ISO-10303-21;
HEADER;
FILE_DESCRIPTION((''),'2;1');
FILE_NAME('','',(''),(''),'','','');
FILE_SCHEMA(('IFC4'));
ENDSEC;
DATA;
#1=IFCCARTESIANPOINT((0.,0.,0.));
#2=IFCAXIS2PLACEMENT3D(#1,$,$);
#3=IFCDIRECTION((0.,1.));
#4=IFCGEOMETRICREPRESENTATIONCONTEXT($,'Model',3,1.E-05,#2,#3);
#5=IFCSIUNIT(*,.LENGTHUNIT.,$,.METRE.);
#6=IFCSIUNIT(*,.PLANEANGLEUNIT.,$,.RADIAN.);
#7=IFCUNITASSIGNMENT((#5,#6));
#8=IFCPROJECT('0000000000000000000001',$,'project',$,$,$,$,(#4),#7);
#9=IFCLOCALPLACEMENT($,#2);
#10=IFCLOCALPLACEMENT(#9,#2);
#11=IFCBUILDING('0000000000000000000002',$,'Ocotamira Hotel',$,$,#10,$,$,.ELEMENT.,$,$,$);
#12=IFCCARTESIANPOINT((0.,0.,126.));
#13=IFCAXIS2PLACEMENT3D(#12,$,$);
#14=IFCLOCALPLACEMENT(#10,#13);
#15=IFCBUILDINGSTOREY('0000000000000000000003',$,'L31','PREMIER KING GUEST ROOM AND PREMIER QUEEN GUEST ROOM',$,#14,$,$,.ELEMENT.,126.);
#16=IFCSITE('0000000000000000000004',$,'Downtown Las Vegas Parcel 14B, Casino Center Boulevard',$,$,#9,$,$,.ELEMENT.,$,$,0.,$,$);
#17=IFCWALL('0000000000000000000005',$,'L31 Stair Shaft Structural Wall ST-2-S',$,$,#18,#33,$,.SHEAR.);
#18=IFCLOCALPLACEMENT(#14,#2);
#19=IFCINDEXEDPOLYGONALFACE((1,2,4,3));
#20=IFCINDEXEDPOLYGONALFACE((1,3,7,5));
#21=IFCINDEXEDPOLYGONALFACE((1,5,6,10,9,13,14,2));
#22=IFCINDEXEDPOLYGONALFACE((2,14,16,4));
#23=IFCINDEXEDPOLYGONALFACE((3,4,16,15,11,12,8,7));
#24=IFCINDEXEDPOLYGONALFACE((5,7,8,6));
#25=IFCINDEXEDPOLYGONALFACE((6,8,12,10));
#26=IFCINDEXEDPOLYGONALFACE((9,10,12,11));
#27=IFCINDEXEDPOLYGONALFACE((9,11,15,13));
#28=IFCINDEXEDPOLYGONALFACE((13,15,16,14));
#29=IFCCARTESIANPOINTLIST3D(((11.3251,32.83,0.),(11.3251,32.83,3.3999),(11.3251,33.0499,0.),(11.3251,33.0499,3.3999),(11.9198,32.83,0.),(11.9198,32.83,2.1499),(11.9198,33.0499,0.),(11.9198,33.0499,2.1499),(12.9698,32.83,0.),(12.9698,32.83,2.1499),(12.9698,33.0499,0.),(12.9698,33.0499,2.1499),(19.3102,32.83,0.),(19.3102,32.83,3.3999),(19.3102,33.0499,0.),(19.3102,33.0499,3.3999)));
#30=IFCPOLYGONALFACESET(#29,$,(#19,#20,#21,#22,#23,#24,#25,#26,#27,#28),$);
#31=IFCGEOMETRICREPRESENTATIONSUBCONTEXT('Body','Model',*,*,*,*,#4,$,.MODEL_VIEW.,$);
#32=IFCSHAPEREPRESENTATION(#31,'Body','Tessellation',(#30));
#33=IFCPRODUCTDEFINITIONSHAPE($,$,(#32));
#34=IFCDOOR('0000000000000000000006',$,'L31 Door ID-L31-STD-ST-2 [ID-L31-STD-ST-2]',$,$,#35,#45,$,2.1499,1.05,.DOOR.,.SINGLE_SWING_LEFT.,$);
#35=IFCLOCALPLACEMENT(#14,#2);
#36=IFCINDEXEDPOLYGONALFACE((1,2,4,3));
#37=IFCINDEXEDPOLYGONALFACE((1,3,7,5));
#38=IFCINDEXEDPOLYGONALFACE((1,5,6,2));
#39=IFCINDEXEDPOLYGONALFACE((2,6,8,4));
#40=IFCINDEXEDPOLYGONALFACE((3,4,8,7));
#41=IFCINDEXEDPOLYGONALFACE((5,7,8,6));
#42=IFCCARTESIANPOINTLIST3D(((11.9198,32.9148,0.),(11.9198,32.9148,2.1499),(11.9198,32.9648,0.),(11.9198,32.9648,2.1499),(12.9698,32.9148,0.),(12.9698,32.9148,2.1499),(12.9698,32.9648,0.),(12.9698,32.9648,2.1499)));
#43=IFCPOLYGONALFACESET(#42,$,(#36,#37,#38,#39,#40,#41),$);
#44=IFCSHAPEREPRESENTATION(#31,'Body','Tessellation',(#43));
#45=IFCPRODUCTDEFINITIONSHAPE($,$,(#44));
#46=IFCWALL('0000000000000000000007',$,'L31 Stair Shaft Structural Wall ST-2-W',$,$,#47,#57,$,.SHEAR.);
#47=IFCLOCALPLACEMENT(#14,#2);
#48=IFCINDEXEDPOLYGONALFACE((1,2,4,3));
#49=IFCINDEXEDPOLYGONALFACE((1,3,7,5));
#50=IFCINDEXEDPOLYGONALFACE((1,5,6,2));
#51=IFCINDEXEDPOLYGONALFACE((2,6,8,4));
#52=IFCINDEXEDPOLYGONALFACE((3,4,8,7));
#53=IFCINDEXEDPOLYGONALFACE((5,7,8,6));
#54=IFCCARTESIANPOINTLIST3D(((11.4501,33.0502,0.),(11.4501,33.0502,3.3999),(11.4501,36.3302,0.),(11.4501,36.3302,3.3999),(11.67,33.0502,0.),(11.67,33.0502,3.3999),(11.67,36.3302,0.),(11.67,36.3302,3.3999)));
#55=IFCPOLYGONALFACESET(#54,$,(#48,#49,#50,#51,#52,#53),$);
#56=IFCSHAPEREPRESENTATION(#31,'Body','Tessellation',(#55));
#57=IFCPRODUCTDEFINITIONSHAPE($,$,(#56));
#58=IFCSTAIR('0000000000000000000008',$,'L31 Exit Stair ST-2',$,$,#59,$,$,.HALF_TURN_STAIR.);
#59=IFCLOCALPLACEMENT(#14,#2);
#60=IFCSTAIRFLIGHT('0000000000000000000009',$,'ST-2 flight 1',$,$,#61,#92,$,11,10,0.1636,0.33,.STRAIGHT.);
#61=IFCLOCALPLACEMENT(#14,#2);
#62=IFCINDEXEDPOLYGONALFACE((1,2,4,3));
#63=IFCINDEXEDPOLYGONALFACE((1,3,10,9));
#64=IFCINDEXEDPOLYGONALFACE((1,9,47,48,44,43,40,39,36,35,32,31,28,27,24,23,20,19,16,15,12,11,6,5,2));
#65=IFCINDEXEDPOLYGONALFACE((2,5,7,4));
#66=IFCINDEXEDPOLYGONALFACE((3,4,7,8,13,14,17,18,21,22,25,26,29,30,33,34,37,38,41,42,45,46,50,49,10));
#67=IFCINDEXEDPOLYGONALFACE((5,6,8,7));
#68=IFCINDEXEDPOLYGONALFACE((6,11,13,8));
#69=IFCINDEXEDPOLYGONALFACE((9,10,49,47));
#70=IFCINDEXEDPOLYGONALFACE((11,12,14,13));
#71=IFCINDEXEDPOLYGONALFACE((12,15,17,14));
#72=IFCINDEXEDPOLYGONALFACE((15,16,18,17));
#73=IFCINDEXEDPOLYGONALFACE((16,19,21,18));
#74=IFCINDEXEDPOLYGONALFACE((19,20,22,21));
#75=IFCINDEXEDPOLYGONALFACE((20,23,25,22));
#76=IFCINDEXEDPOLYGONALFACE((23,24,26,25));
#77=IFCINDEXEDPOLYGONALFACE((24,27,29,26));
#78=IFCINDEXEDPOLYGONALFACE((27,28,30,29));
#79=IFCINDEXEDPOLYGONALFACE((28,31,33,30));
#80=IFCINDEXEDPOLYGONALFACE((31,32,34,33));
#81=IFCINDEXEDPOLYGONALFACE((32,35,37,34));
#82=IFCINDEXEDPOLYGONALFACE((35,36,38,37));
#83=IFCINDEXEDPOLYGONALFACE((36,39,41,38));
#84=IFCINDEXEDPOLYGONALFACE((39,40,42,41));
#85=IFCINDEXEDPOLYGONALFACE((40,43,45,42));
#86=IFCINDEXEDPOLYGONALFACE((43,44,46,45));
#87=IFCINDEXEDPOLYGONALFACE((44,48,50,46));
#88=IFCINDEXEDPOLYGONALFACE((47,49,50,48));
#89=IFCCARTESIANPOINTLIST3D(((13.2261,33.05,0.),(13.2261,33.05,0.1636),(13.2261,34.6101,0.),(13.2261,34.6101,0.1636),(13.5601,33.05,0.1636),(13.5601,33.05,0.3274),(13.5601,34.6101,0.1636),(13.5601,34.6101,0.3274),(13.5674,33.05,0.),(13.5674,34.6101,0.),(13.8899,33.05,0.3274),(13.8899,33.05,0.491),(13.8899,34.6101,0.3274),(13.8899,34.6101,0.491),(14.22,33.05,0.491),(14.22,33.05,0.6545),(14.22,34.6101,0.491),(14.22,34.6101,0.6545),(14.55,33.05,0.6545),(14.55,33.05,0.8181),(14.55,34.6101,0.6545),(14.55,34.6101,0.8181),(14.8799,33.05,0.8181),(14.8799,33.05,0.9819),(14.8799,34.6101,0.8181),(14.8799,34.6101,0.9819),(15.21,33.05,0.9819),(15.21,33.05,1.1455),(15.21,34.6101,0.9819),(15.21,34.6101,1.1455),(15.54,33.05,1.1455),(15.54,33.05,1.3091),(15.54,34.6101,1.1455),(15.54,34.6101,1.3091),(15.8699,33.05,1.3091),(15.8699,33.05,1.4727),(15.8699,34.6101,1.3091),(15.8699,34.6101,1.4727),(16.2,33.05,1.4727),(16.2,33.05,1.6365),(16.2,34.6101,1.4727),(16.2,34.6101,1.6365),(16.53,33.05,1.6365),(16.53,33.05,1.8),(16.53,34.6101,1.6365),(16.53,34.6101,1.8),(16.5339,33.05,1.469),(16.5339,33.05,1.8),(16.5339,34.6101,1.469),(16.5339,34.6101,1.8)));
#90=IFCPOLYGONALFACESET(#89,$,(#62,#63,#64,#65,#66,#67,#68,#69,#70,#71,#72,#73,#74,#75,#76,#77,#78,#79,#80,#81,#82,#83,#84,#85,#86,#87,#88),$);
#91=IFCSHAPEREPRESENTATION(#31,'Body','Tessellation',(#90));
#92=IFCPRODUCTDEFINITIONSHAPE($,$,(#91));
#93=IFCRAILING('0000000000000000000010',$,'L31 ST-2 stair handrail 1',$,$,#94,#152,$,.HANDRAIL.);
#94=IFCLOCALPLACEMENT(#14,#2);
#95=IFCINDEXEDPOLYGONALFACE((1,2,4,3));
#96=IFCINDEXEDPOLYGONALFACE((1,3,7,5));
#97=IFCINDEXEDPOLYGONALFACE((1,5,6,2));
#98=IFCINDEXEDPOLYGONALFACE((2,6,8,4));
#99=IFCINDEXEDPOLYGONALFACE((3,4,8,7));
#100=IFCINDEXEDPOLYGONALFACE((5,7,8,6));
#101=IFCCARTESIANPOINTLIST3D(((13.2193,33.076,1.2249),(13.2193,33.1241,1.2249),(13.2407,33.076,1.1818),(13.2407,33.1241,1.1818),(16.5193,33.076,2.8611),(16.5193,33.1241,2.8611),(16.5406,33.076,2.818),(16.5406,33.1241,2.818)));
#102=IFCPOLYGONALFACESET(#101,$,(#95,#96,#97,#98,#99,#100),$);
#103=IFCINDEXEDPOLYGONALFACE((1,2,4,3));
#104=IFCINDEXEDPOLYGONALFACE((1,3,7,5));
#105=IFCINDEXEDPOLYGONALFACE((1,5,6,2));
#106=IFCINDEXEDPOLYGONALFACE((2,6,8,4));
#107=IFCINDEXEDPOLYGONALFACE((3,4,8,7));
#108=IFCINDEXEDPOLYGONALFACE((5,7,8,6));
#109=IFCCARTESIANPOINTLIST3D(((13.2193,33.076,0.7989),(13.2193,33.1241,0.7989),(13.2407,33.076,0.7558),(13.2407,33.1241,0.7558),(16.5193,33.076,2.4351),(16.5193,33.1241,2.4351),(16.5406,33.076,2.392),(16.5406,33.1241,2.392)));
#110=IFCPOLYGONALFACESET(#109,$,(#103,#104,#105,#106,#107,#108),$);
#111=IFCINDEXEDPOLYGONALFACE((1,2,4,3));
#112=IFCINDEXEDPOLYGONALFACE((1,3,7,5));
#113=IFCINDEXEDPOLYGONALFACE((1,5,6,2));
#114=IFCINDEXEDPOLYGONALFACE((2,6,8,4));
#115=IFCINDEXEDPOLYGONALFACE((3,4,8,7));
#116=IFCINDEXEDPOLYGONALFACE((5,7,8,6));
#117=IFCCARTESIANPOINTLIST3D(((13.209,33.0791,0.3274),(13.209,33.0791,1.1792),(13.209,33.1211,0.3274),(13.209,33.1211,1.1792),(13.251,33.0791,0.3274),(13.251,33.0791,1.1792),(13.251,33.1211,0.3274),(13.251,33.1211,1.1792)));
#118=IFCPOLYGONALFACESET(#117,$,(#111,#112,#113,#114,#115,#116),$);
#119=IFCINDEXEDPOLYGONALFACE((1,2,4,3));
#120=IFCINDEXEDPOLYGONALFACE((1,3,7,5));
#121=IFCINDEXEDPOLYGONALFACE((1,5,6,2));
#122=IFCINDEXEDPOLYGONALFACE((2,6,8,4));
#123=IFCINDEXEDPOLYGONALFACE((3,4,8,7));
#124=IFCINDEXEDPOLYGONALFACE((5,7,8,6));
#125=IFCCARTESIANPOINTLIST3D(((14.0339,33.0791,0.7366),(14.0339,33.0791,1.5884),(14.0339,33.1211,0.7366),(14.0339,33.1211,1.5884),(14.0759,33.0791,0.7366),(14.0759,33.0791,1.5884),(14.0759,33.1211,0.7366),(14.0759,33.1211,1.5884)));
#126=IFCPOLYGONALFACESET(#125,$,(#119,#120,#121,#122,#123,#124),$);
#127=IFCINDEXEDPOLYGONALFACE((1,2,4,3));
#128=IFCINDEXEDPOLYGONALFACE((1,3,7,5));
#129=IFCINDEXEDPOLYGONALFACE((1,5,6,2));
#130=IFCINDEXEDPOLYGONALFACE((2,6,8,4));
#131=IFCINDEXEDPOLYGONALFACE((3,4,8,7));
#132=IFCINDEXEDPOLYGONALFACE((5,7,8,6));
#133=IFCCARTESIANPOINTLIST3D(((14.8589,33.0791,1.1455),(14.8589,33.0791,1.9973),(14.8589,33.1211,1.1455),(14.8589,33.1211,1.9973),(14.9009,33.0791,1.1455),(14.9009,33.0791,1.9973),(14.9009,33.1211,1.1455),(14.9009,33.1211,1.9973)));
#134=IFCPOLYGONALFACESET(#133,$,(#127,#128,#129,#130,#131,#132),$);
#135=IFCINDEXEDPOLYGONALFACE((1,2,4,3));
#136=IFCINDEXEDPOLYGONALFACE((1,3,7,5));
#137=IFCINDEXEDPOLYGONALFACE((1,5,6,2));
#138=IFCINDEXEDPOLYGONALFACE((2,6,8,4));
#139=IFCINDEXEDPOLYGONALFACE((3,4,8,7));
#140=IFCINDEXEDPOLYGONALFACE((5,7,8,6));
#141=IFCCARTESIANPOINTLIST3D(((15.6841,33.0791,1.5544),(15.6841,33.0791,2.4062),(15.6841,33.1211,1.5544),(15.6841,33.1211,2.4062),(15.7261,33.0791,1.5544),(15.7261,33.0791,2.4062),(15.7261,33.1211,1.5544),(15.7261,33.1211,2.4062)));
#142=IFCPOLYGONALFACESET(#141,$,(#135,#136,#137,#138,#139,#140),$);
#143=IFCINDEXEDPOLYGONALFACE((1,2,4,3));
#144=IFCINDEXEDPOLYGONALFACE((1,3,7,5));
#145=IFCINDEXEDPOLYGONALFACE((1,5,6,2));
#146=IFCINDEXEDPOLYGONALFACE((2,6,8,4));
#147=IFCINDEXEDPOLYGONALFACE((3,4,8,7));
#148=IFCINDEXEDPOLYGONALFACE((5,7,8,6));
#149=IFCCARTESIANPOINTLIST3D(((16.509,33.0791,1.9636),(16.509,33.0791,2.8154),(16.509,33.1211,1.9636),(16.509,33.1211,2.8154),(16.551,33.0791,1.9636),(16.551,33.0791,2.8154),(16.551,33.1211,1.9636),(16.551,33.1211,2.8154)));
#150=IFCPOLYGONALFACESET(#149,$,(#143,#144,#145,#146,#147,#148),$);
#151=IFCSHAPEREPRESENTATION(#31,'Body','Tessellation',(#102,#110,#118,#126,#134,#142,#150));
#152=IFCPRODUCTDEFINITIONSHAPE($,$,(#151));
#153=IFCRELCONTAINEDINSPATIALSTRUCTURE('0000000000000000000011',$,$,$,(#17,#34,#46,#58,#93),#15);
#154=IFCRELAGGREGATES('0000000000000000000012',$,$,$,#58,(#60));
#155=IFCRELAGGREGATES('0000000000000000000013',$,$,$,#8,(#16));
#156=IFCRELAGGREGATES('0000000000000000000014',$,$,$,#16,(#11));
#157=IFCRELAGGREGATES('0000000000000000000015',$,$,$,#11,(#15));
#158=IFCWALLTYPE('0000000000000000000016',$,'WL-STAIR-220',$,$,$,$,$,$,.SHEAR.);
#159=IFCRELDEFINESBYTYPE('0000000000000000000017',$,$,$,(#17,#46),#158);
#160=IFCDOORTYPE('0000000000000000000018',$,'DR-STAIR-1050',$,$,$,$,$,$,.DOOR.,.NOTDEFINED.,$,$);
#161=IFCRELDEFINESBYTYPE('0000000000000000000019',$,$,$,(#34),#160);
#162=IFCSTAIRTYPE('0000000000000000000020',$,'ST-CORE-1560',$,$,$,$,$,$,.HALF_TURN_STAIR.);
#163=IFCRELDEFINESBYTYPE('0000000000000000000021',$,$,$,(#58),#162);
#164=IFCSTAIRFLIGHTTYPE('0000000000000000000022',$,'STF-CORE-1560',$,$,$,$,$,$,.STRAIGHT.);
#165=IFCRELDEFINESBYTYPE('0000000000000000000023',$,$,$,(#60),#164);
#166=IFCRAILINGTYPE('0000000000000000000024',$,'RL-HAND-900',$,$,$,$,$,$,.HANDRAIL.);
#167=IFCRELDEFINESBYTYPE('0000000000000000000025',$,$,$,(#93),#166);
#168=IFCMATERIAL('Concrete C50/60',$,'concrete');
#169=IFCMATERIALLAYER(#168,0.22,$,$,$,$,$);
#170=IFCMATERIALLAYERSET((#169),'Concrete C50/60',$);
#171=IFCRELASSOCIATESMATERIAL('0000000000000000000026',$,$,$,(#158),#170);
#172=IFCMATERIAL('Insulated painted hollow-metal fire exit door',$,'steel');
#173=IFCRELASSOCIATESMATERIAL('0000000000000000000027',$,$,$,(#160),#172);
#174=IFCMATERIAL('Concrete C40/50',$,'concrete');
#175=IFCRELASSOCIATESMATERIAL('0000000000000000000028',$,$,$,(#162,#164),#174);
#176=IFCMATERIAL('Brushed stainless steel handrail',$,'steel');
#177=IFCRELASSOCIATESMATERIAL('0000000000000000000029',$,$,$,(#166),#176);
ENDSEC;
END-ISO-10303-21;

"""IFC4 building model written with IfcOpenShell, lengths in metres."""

from ifc_helpers import new_model, si_unit, direction, frame, frame_2d, origin, origin_2d, place, context, subcontext, project, spatial, polyline, rectangle, outline, extrude, source, transform, mapped, material, layer, layer_set, type_object, element, fill, aggregate, save


model = new_model("IFC4")

# Units and contexts
model_context = context("Model", 3, precision=1e-05, world=origin(), true_north=direction((0.0, 1.0)))
body_context = subcontext(model_context, "Body", "Model", "MODEL_VIEW")
ifc_project = project(units=[si_unit("LENGTHUNIT", "METRE"), si_unit("PLANEANGLEUNIT", "RADIAN")], contexts=[model_context])

# Site, building, storey
site_placement = place(None, origin())
site = spatial("IfcSite", under=ifc_project, at=site_placement, Name="Downtown Las Vegas Parcel 14B, Casino Center Boulevard", CompositionType="ELEMENT", RefElevation=0.0)
building_placement = place(site_placement, origin())
building = spatial("IfcBuilding", under=site, at=building_placement, Name="Ocotamira Hotel", CompositionType="ELEMENT")
storey_placement = place(building_placement, frame((0.0, 0.0, 126.0)))
storey = spatial("IfcBuildingStorey", under=building, at=storey_placement, Name="L31", Description="PREMIER KING GUEST ROOM AND PREMIER QUEEN GUEST ROOM", CompositionType="ELEMENT", Elevation=126.0)

# Wall, opening, door
ifc_material_1 = material(Name="Concrete C50/60", Category="concrete")
ifc_layer_1 = layer(ifc_material_1, 0.22)
ifc_layer_set_1 = layer_set([ifc_layer_1], Name="Concrete C50/60")
wall_type_1 = type_object("IfcWallType", Name="WL-STAIR-220", PredefinedType="SHEAR", material=ifc_layer_set_1)
wall_1_placement = place(storey_placement, frame((11.325, 32.9399, 0.0), z_axis=(0.0, 0.0, 1.0), x_axis=(1.0, 0.0, 0.0)))
wall_1 = element("IfcWall", 1, at=wall_1_placement, inside=storey, type_object=wall_type_1, Name="L31 Stair Shaft Structural Wall ST-2-S", PredefinedType="SHEAR", context=body_context, shape_type="SweptSolid", body=[
    extrude(rectangle(XDim=7.9851, YDim=0.22, at=frame_2d((3.9927, 0.0))), origin(), (0.0, 0.0, 1.0), 3.3999),
])
opening_placement = place(wall_1_placement, frame((0.595, 0.0, 0.0)))
opening = element("IfcOpeningElement", 2, at=opening_placement, cuts=wall_1, PredefinedType="OPENING", context=body_context, shape_type="SweptSolid", body=[
    extrude(rectangle(XDim=1.05, YDim=2.1499, at=frame_2d((0.5249, 1.075))), frame((0.0, 0.1201, 0.0), z_axis=(0.0, -1.0, 0.0), x_axis=(1.0, 0.0, 0.0)), (0.0, 0.0, 1.0), 0.24),
])
ifc_material_2 = material(Name="Insulated painted hollow-metal fire exit door", Category="steel")
door_type = type_object("IfcDoorType", Name="DR-STAIR-1050", OperationType="NOTDEFINED", PredefinedType="DOOR", material=ifc_material_2)
shared_shape_1 = source(origin(), body_context, "Body", "SweptSolid", [
    extrude(rectangle(XDim=1.05, YDim=2.1499, at=frame_2d((0.5249, 1.075))), frame((0.0, 0.0249, 0.0), z_axis=(0.0, -1.0, 0.0), x_axis=(1.0, 0.0, 0.0)), (0.0, 0.0, 1.0), 0.05),
])
door_placement = place(opening_placement, origin())
door = element("IfcDoor", 3, at=door_placement, inside=storey, type_object=door_type, Name="L31 Door ID-L31-STD-ST-2 [ID-L31-STD-ST-2]", OperationType="SINGLE_SWING_LEFT", OverallHeight=2.1499, OverallWidth=1.05, PredefinedType="DOOR", context=body_context, shape_type="MappedRepresentation", body=[
    mapped(shared_shape_1, transform((0.0, 0.0, 0.0), scale=1.0)),
])
fill(opening, door)

# Wall
wall_2_placement = place(storey_placement, frame((11.5601, 33.05, 0.0), z_axis=(0.0, 0.0, 1.0), x_axis=(0.0, 1.0, 0.0)))
element("IfcWall", 4, at=wall_2_placement, inside=storey, type_object=wall_type_1, Name="L31 Stair Shaft Structural Wall ST-2-W", PredefinedType="SHEAR", context=body_context, shape_type="SweptSolid", body=[
    extrude(rectangle(XDim=3.28, YDim=0.22, at=frame_2d((1.6401, 0.0))), origin(), (0.0, 0.0, 1.0), 3.3999),
])

# Stair, stair flight
ifc_material_3 = material(Name="Concrete C40/50", Category="concrete")
stair_type = type_object("IfcStairType", Name="ST-CORE-1560", PredefinedType="HALF_TURN_STAIR", material=ifc_material_3)
stair_placement = place(storey_placement, origin())
stair = element("IfcStair", 5, at=stair_placement, inside=storey, type_object=stair_type, Name="L31 Exit Stair ST-2", PredefinedType="HALF_TURN_STAIR")
stair_flight_type = type_object("IfcStairFlightType", Name="STF-CORE-1560", PredefinedType="STRAIGHT", material=ifc_material_3)
shared_shape_2 = source(origin(), body_context, "Body", "SweptSolid", [
    extrude(outline(polyline([(-0.0039, 0.0), (-0.0039, 0.1636), (0.3301, 0.1636), (0.3301, 0.3274), (0.6599, 0.3274), (0.6599, 0.491), (0.99, 0.491), (0.99, 0.6545), (1.3201, 0.6545), (1.3201, 0.8181), (1.6499, 0.8181), (1.6499, 0.9819), (1.98, 0.9819), (1.98, 1.1455), (2.3101, 1.1455), (2.3101, 1.3091), (2.6399, 1.3091), (2.6399, 1.4727), (2.97, 1.4727), (2.97, 1.6365), (3.3, 1.6365), (3.3, 1.8), (3.304, 1.8), (3.304, 1.469), (0.3374, 0.0), (-0.0039, 0.0)])), frame((0.0, 0.78, 0.0), z_axis=(0.0, -1.0, 0.0), x_axis=(1.0, 0.0, 0.0)), (0.0, 0.0, 1.0), 1.5601),
])
stair_flight_placement = place(storey_placement, frame((13.23, 33.8301, 0.0), z_axis=(0.0, 0.0, 1.0), x_axis=(1.0, 0.0, 0.0)))
stair_flight = element("IfcStairFlight", 6, at=stair_flight_placement, type_object=stair_flight_type, Name="ST-2 flight 1", NumberOfRisers=11, NumberOfTreads=10, PredefinedType="STRAIGHT", RiserHeight=0.1636, TreadLength=0.33, context=body_context, shape_type="MappedRepresentation", body=[
    mapped(shared_shape_2, transform((0.0, 0.0, 0.0), scale=1.0)),
])
aggregate(stair, [stair_flight])

# Railing
ifc_material_4 = material(Name="Brushed stainless steel handrail", Category="steel")
railing_type_1 = type_object("IfcRailingType", Name="RL-HAND-900", PredefinedType="HANDRAIL", material=ifc_material_4)
railing_1_placement = place(storey_placement, frame((13.23, 33.1001, 0.3274)))
element("IfcRailing", 7, at=railing_1_placement, inside=storey, type_object=railing_type_1, Name="L31 ST-2 stair handrail 1", PredefinedType="HANDRAIL", context=body_context, shape_type="SweptSolid", body=[
    extrude(rectangle(XDim=0.0481, YDim=0.0481, at=origin_2d()), frame((0.0, 0.0, 0.876), z_axis=(0.89592, 0.0, 0.444215), x_axis=(0.0, 1.0, 0.0)), (0.0, 0.0, 1.0), 3.6833),
    extrude(rectangle(XDim=0.0481, YDim=0.0481, at=origin_2d()), frame((0.0, 0.0, 0.45), z_axis=(0.89592, 0.0, 0.444215), x_axis=(0.0, 1.0, 0.0)), (0.0, 0.0, 1.0), 3.6833),
    extrude(rectangle(XDim=0.042, YDim=0.042, at=origin_2d()), origin(), (0.0, 0.0, 1.0), 0.8518),
    extrude(rectangle(XDim=0.042, YDim=0.042, at=origin_2d()), frame((0.825, 0.0, 0.4092)), (0.0, 0.0, 1.0), 0.8518),
    extrude(rectangle(XDim=0.042, YDim=0.042, at=origin_2d()), frame((1.6499, 0.0, 0.8181)), (0.0, 0.0, 1.0), 0.8518),
    extrude(rectangle(XDim=0.042, YDim=0.042, at=origin_2d()), frame((2.4751, 0.0, 1.2271)), (0.0, 0.0, 1.0), 0.8518),
    extrude(rectangle(XDim=0.042, YDim=0.042, at=origin_2d()), frame((3.3, 0.0, 1.6362)), (0.0, 0.0, 1.0), 0.8518),
])

save(model, "model.ifc")
